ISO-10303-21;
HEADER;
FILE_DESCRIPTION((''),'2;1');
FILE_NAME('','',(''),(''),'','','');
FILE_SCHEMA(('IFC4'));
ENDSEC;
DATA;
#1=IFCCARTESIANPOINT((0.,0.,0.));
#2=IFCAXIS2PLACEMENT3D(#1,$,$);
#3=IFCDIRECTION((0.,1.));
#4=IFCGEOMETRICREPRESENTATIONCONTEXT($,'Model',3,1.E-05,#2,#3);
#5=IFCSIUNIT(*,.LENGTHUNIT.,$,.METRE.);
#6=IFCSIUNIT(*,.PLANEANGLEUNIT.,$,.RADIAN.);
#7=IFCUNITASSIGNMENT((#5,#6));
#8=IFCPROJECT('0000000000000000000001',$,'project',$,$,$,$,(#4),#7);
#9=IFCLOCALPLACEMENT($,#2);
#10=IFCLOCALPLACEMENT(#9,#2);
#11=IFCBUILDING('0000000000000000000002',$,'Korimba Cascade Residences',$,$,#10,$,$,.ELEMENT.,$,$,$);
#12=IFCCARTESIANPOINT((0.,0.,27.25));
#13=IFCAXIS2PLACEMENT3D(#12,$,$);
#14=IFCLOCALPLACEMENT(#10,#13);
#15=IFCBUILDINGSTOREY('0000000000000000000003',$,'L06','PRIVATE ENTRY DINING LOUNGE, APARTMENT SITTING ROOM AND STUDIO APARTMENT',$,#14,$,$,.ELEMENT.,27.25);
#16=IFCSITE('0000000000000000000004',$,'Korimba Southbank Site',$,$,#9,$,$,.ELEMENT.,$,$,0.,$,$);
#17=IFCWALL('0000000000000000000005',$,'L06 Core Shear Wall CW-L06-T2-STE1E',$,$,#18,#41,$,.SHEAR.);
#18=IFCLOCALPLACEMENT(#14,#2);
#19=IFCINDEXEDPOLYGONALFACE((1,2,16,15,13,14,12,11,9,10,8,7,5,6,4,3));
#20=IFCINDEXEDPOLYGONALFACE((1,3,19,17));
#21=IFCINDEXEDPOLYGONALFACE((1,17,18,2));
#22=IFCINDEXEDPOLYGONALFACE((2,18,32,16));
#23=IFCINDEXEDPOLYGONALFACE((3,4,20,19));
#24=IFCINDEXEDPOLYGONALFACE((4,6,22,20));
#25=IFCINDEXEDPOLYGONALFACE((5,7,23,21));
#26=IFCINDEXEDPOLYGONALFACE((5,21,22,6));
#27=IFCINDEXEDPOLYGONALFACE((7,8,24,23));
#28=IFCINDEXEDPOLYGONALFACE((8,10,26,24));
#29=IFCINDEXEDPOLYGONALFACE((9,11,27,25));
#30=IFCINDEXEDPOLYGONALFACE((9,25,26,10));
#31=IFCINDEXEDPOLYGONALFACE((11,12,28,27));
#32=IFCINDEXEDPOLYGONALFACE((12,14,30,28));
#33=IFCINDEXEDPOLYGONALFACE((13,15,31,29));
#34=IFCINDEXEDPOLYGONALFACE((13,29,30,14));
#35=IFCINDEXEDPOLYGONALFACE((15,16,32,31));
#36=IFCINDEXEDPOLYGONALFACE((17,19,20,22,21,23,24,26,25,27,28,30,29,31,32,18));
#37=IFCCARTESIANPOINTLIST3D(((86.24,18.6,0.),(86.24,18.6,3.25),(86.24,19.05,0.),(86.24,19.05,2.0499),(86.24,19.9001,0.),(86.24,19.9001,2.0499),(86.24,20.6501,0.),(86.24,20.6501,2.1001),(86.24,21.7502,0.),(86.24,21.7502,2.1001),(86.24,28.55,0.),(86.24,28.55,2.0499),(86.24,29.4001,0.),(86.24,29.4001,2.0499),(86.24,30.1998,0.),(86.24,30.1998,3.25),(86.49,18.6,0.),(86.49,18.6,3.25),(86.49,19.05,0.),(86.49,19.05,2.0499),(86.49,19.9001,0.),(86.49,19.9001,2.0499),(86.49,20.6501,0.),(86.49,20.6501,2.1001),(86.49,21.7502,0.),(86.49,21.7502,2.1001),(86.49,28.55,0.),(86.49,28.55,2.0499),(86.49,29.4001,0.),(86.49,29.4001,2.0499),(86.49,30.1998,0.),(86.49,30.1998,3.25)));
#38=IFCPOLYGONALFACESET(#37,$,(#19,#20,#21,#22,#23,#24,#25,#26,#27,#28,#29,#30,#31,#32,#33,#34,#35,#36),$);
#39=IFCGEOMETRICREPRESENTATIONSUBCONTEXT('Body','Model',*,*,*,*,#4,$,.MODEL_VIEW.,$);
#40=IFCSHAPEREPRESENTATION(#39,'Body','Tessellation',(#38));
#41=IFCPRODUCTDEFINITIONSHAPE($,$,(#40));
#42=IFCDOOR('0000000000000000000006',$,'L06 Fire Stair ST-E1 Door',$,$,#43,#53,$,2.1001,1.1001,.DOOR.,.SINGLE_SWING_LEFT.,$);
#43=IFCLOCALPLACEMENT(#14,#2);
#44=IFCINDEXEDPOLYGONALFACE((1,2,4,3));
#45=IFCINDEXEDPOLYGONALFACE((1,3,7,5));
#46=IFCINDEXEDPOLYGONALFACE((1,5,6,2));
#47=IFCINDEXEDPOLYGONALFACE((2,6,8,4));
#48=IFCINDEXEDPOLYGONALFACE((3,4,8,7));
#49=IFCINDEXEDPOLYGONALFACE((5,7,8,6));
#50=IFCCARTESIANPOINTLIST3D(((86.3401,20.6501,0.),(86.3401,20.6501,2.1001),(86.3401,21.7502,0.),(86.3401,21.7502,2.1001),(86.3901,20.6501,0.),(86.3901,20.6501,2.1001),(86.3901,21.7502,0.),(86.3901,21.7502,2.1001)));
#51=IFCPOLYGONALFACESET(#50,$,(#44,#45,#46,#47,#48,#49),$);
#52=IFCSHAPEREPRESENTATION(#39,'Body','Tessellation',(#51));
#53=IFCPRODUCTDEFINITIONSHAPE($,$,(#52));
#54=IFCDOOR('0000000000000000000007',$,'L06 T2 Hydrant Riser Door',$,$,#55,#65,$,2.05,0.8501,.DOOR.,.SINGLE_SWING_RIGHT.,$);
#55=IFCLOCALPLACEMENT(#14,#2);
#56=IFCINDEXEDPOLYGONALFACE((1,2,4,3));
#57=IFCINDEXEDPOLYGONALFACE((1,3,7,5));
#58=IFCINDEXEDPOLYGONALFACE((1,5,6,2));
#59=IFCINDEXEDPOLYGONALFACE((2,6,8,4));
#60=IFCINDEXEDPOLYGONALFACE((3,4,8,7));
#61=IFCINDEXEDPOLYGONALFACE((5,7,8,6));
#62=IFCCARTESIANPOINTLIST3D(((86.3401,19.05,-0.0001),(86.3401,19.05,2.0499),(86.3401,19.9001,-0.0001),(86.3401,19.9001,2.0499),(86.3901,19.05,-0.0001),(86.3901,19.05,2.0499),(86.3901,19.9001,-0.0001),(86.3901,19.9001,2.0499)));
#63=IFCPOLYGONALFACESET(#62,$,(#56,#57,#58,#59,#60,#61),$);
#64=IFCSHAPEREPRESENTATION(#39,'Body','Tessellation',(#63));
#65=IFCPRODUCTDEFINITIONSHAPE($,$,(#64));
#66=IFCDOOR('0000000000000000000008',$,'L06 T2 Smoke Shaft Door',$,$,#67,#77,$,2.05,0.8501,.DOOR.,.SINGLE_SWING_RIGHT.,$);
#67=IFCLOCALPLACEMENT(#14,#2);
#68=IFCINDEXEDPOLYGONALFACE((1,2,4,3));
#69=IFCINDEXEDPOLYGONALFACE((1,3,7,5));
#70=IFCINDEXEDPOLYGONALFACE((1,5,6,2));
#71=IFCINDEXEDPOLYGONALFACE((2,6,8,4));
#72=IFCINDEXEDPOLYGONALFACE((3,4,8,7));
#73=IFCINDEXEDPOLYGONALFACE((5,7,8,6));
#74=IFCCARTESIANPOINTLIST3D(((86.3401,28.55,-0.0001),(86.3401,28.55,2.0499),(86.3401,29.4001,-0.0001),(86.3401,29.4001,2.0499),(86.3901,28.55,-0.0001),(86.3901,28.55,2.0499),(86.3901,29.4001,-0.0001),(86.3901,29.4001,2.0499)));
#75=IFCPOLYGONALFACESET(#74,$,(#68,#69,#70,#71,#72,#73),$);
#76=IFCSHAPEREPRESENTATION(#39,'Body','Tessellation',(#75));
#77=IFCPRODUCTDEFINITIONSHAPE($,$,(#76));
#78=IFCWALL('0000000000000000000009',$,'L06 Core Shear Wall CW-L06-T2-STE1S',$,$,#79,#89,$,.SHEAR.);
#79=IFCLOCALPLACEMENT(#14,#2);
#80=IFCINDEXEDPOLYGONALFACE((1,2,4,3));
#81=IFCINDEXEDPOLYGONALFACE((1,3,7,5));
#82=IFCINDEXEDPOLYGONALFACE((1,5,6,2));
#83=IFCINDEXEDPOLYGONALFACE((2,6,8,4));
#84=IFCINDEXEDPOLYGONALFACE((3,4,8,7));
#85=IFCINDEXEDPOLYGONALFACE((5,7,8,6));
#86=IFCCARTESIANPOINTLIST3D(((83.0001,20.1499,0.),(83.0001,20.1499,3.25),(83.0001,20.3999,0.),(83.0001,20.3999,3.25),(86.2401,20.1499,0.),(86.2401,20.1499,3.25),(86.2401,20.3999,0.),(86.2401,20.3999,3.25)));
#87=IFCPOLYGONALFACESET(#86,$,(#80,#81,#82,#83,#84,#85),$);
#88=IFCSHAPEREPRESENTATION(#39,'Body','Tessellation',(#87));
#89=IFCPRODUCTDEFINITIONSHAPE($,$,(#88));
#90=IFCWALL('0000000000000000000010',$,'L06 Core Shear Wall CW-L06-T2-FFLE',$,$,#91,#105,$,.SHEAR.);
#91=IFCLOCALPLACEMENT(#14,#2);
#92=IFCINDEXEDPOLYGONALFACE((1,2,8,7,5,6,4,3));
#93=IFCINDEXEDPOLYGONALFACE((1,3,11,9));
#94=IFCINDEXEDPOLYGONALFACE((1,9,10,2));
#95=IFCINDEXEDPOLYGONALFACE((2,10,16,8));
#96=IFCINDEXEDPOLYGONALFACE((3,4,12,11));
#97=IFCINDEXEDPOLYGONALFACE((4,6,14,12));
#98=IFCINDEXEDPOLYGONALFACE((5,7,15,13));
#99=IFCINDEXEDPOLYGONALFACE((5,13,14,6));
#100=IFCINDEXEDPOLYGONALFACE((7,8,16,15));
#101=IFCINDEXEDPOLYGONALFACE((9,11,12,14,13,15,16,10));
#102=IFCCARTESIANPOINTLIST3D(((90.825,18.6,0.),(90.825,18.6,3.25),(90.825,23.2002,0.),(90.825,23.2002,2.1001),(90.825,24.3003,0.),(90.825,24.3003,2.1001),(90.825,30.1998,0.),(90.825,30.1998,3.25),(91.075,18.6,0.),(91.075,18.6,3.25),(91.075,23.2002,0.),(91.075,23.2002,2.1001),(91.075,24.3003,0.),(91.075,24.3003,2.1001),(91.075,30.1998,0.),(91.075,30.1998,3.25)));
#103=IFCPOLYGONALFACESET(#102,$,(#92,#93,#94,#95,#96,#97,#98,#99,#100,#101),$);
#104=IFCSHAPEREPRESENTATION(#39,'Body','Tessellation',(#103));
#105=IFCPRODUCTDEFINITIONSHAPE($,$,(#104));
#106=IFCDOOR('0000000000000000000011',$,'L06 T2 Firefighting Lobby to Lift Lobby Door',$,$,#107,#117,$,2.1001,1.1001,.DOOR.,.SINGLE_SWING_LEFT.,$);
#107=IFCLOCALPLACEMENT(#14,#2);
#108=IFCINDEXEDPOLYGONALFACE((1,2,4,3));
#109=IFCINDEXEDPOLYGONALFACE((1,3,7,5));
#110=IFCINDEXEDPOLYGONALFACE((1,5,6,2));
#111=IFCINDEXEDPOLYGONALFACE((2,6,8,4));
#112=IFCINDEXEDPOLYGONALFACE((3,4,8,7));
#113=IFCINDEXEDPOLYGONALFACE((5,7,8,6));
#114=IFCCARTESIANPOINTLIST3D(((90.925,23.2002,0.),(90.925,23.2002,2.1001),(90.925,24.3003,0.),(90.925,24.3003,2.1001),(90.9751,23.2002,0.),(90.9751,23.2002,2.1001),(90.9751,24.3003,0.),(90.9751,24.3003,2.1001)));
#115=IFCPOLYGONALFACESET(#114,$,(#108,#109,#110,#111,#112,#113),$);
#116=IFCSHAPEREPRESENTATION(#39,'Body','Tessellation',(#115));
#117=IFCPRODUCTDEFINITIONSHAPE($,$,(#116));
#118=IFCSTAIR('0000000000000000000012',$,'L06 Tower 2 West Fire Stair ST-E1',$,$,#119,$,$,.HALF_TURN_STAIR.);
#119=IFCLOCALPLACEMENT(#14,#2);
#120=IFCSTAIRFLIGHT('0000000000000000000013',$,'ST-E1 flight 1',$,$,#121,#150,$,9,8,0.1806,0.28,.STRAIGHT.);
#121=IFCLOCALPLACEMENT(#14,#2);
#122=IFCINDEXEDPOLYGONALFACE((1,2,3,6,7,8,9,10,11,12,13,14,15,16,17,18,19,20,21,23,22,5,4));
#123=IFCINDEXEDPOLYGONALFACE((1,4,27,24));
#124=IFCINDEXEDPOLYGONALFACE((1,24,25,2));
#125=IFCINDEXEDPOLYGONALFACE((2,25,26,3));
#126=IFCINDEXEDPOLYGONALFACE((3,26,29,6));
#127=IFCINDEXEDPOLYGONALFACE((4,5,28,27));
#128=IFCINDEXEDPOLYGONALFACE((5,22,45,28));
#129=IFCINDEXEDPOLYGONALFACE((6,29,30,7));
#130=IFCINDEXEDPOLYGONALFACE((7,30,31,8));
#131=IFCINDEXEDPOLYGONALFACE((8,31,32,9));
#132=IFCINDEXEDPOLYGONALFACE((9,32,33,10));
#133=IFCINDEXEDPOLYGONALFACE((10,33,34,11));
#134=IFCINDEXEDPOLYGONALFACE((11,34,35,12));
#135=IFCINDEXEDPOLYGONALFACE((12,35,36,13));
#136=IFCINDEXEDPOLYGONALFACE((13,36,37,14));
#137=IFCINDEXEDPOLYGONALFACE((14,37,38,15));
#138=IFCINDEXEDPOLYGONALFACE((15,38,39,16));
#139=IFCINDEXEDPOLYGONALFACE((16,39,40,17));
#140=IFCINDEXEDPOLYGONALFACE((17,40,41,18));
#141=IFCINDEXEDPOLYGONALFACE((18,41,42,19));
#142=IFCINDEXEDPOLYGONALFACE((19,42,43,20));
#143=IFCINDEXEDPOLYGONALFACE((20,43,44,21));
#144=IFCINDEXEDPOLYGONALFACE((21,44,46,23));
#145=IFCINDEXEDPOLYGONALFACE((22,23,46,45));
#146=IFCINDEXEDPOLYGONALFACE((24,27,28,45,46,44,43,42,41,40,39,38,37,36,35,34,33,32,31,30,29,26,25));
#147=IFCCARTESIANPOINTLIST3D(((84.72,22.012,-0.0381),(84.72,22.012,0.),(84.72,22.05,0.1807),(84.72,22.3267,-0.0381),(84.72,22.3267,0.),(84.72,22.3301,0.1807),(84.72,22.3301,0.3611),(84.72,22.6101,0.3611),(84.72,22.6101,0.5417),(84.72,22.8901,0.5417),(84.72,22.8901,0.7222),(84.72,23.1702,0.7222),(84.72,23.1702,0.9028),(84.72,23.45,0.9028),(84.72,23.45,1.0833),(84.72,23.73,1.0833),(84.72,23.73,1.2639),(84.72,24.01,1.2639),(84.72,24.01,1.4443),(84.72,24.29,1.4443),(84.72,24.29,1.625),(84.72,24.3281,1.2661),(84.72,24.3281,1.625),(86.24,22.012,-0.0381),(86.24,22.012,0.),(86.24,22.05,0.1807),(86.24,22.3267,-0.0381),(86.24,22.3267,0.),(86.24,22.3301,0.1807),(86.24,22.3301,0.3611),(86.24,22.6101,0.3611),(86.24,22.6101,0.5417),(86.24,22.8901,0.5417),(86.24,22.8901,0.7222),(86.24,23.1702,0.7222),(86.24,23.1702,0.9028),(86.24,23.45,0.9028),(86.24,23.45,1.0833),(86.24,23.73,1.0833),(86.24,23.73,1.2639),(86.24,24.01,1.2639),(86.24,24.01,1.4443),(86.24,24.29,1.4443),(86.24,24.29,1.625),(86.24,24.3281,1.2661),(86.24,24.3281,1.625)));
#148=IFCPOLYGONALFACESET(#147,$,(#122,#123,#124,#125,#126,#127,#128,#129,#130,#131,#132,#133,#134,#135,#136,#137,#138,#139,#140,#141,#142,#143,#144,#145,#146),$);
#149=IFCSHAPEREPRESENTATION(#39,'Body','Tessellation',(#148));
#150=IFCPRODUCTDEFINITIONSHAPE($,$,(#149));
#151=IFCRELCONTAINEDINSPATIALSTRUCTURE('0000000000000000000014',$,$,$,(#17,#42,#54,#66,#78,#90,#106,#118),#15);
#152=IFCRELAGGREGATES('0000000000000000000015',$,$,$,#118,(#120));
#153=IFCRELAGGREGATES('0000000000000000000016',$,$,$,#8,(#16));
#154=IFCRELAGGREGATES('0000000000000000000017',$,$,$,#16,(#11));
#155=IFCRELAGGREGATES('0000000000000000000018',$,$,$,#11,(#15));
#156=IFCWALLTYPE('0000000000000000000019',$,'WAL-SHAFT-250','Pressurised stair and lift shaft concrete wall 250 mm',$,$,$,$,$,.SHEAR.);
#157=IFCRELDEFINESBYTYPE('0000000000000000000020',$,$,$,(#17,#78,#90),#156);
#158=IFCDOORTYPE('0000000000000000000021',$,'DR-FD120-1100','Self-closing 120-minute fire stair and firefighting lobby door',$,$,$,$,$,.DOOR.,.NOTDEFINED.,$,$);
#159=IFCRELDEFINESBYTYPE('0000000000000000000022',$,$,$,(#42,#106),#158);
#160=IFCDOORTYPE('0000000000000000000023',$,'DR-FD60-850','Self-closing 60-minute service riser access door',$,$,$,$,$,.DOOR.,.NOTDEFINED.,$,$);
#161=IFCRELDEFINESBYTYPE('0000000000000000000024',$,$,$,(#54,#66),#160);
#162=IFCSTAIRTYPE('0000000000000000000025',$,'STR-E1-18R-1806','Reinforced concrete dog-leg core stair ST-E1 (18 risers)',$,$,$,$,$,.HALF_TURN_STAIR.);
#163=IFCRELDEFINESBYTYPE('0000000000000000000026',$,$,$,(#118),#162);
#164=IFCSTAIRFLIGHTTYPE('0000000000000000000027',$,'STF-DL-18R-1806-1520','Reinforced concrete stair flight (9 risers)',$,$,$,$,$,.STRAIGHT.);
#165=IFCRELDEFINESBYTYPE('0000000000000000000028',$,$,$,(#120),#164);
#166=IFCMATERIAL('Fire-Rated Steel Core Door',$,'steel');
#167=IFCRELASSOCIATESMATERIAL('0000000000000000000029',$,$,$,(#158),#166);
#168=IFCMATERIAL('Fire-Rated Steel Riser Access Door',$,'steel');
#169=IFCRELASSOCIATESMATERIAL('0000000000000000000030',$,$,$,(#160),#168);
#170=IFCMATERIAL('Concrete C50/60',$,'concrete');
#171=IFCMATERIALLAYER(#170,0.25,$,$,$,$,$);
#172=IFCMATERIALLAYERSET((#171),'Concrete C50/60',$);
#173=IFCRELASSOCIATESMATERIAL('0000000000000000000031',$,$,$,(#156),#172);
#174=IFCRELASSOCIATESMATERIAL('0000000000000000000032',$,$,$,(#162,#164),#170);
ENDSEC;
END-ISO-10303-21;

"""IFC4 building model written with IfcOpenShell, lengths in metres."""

from ifc_helpers import new_model, si_unit, direction, frame, frame_2d, origin, place, context, subcontext, project, spatial, polyline, rectangle, outline, extrude, material, layer, layer_set, type_object, element, fill, aggregate, save


model = new_model("IFC4")

# Units and contexts
model_context = context("Model", 3, precision=1e-05, world=origin(), true_north=direction((0.0, 1.0)))
body_context = subcontext(model_context, "Body", "Model", "MODEL_VIEW")
ifc_project = project(units=[si_unit("LENGTHUNIT", "METRE"), si_unit("PLANEANGLEUNIT", "RADIAN")], contexts=[model_context])

# Site, building, storey
site_placement = place(None, origin())
site = spatial("IfcSite", under=ifc_project, at=site_placement, Name="Korimba Southbank Site", CompositionType="ELEMENT", RefElevation=0.0)
building_placement = place(site_placement, origin())
building = spatial("IfcBuilding", under=site, at=building_placement, Name="Korimba Cascade Residences", CompositionType="ELEMENT")
storey_placement = place(building_placement, frame((0.0, 0.0, 27.25)))
storey = spatial("IfcBuildingStorey", under=building, at=storey_placement, Name="L06", Description="PRIVATE ENTRY DINING LOUNGE, APARTMENT SITTING ROOM AND STUDIO APARTMENT", CompositionType="ELEMENT", Elevation=27.25)

# Shared definitions
ifc_material_1 = material(Name="Concrete C50/60", Category="concrete")

# Shared definitions
ifc_material_2 = material(Name="Fire-Rated Steel Core Door", Category="steel")
door_type_1 = type_object("IfcDoorType", Name="DR-FD120-1100", Description="Self-closing 120-minute fire stair and firefighting lobby door", OperationType="NOTDEFINED", PredefinedType="DOOR", material=ifc_material_2)

# Shared definitions
ifc_material_3 = material(Name="Fire-Rated Steel Riser Access Door", Category="steel")
door_type_2 = type_object("IfcDoorType", Name="DR-FD60-850", Description="Self-closing 60-minute service riser access door", OperationType="NOTDEFINED", PredefinedType="DOOR", material=ifc_material_3)

# Shared definitions
ifc_layer_1 = layer(ifc_material_1, 0.25)
ifc_layer_set_1 = layer_set([ifc_layer_1], Name="Concrete C50/60")
wall_type_1 = type_object("IfcWallType", Name="WAL-SHAFT-250", Description="Pressurised stair and lift shaft concrete wall 250 mm", PredefinedType="SHEAR", material=ifc_layer_set_1)

# Wall, openings, doors
wall_1_placement = place(storey_placement, frame((86.365, 18.6001, 0.0), z_axis=(0.0, 0.0, 1.0), x_axis=(0.0, 1.0, 0.0)))
wall_1 = element("IfcWall", 1, at=wall_1_placement, inside=storey, type_object=wall_type_1, Name="L06 Core Shear Wall CW-L06-T2-STE1E", PredefinedType="SHEAR", context=body_context, shape_type="SweptSolid", body=[
    extrude(rectangle(XDim=11.5999, YDim=0.25, at=frame_2d((5.7998, 0.0))), origin(), (0.0, 0.0, 1.0), 3.25),
])
opening_1_placement = place(wall_1_placement, frame((0.45, 0.0, 0.0)))
opening_1 = element("IfcOpeningElement", 2, at=opening_1_placement, cuts=wall_1, PredefinedType="OPENING", context=body_context, shape_type="SweptSolid", body=[
    extrude(rectangle(XDim=0.8501, YDim=2.05, at=frame_2d((0.425, 1.0249))), frame((0.0, 0.135, 0.0), z_axis=(0.0, -1.0, 0.0), x_axis=(1.0, 0.0, 0.0)), (0.0, 0.0, 1.0), 0.27),
])
opening_2_placement = place(wall_1_placement, frame((2.05, 0.0, 0.0)))
opening_2 = element("IfcOpeningElement", 3, at=opening_2_placement, cuts=wall_1, PredefinedType="OPENING", context=body_context, shape_type="SweptSolid", body=[
    extrude(rectangle(XDim=1.1001, YDim=2.1001, at=frame_2d((0.55, 1.05))), frame((0.0, 0.135, 0.0), z_axis=(0.0, -1.0, 0.0), x_axis=(1.0, 0.0, 0.0)), (0.0, 0.0, 1.0), 0.27),
])
opening_3_placement = place(wall_1_placement, frame((9.95, 0.0, 0.0)))
opening_3 = element("IfcOpeningElement", 4, at=opening_3_placement, cuts=wall_1, PredefinedType="OPENING", context=body_context, shape_type="SweptSolid", body=[
    extrude(rectangle(XDim=0.8501, YDim=2.05, at=frame_2d((0.425, 1.0249))), frame((0.0, 0.135, 0.0), z_axis=(0.0, -1.0, 0.0), x_axis=(1.0, 0.0, 0.0)), (0.0, 0.0, 1.0), 0.27),
])
door_1_placement = place(opening_2_placement, origin())
door_1 = element("IfcDoor", 5, at=door_1_placement, inside=storey, type_object=door_type_1, Name="L06 Fire Stair ST-E1 Door", OperationType="SINGLE_SWING_LEFT", OverallHeight=2.1001, OverallWidth=1.1001, PredefinedType="DOOR", context=body_context, shape_type="SweptSolid", body=[
    extrude(rectangle(XDim=1.1001, YDim=2.1001, at=frame_2d((0.55, 1.05))), frame((0.0, 0.0249, 0.0), z_axis=(0.0, -1.0, 0.0), x_axis=(1.0, 0.0, 0.0)), (0.0, 0.0, 1.0), 0.05),
])
fill(opening_2, door_1)
door_2_placement = place(opening_1_placement, origin())
door_2 = element("IfcDoor", 6, at=door_2_placement, inside=storey, type_object=door_type_2, Name="L06 T2 Hydrant Riser Door", OperationType="SINGLE_SWING_RIGHT", OverallHeight=2.05, OverallWidth=0.8501, PredefinedType="DOOR", context=body_context, shape_type="SweptSolid", body=[
    extrude(rectangle(XDim=0.8501, YDim=2.05, at=frame_2d((0.425, 1.0249))), frame((0.0, 0.0249, 0.0), z_axis=(0.0, -1.0, 0.0), x_axis=(1.0, 0.0, 0.0)), (0.0, 0.0, 1.0), 0.05),
])
fill(opening_1, door_2)
door_3_placement = place(opening_3_placement, origin())
door_3 = element("IfcDoor", 7, at=door_3_placement, inside=storey, type_object=door_type_2, Name="L06 T2 Smoke Shaft Door", OperationType="SINGLE_SWING_RIGHT", OverallHeight=2.05, OverallWidth=0.8501, PredefinedType="DOOR", context=body_context, shape_type="SweptSolid", body=[
    extrude(rectangle(XDim=0.8501, YDim=2.05, at=frame_2d((0.425, 1.0249))), frame((0.0, 0.0249, 0.0), z_axis=(0.0, -1.0, 0.0), x_axis=(1.0, 0.0, 0.0)), (0.0, 0.0, 1.0), 0.05),
])
fill(opening_3, door_3)

# Wall
wall_2_placement = place(storey_placement, frame((83.0, 20.2749, 0.0), z_axis=(0.0, 0.0, 1.0), x_axis=(1.0, 0.0, 0.0)))
element("IfcWall", 8, at=wall_2_placement, inside=storey, type_object=wall_type_1, Name="L06 Core Shear Wall CW-L06-T2-STE1S", PredefinedType="SHEAR", context=body_context, shape_type="SweptSolid", body=[
    extrude(rectangle(XDim=3.24, YDim=0.25, at=frame_2d((1.6201, 0.0))), origin(), (0.0, 0.0, 1.0), 3.25),
])

# Wall, opening, door
wall_3_placement = place(storey_placement, frame((90.95, 18.6001, 0.0), z_axis=(0.0, 0.0, 1.0), x_axis=(0.0, 1.0, 0.0)))
wall_3 = element("IfcWall", 9, at=wall_3_placement, inside=storey, type_object=wall_type_1, Name="L06 Core Shear Wall CW-L06-T2-FFLE", PredefinedType="SHEAR", context=body_context, shape_type="SweptSolid", body=[
    extrude(rectangle(XDim=11.5999, YDim=0.25, at=frame_2d((5.7998, 0.0))), origin(), (0.0, 0.0, 1.0), 3.25),
])
opening_4_placement = place(wall_3_placement, frame((4.6001, 0.0, 0.0)))
opening_4 = element("IfcOpeningElement", 10, at=opening_4_placement, cuts=wall_3, PredefinedType="OPENING", context=body_context, shape_type="SweptSolid", body=[
    extrude(rectangle(XDim=1.1001, YDim=2.1001, at=frame_2d((0.55, 1.05))), frame((0.0, 0.135, 0.0), z_axis=(0.0, -1.0, 0.0), x_axis=(1.0, 0.0, 0.0)), (0.0, 0.0, 1.0), 0.27),
])
door_4_placement = place(opening_4_placement, origin())
door_4 = element("IfcDoor", 11, at=door_4_placement, inside=storey, type_object=door_type_1, Name="L06 T2 Firefighting Lobby to Lift Lobby Door", OperationType="SINGLE_SWING_LEFT", OverallHeight=2.1001, OverallWidth=1.1001, PredefinedType="DOOR", context=body_context, shape_type="SweptSolid", body=[
    extrude(rectangle(XDim=1.1001, YDim=2.1001, at=frame_2d((0.55, 1.05))), frame((0.0, 0.0249, 0.0), z_axis=(0.0, -1.0, 0.0), x_axis=(1.0, 0.0, 0.0)), (0.0, 0.0, 1.0), 0.05),
])
fill(opening_4, door_4)

# Stair, stair flight
stair_type = type_object("IfcStairType", Name="STR-E1-18R-1806", Description="Reinforced concrete dog-leg core stair ST-E1 (18 risers)", PredefinedType="HALF_TURN_STAIR", material=ifc_material_1)
stair_placement = place(storey_placement, origin())
stair = element("IfcStair", 12, at=stair_placement, inside=storey, type_object=stair_type, Name="L06 Tower 2 West Fire Stair ST-E1", PredefinedType="HALF_TURN_STAIR")
stair_flight_type = type_object("IfcStairFlightType", Name="STF-DL-18R-1806-1520", Description="Reinforced concrete stair flight (9 risers)", PredefinedType="STRAIGHT", material=ifc_material_1)
stair_flight_placement = place(storey_placement, frame((85.48, 22.05, 0.0), z_axis=(0.0, 0.0, 1.0), x_axis=(0.0, 1.0, 0.0)))
stair_flight = element("IfcStairFlight", 13, at=stair_flight_placement, type_object=stair_flight_type, Name="ST-E1 flight 1", NumberOfRisers=9, NumberOfTreads=8, PredefinedType="STRAIGHT", RiserHeight=0.1806, TreadLength=0.28, context=body_context, shape_type="SweptSolid", body=[
    extrude(outline(polyline([(-0.0381, 0.0), (0.0, 0.1807), (0.28, 0.1807), (0.28, 0.3611), (0.5601, 0.3611), (0.5601, 0.5417), (0.8401, 0.5417), (0.8401, 0.7222), (1.1201, 0.7222), (1.1201, 0.9028), (1.3999, 0.9028), (1.3999, 1.0833), (1.6799, 1.0833), (1.6799, 1.2639), (1.96, 1.2639), (1.96, 1.4443), (2.24, 1.4443), (2.24, 1.625), (2.2781, 1.625), (2.2781, 1.2661), (0.2766, 0.0), (0.2766, -0.0381), (-0.0381, -0.0381), (-0.0381, 0.0)])), frame((0.0, 0.76, 0.0), z_axis=(0.0, -1.0, 0.0), x_axis=(1.0, 0.0, 0.0)), (0.0, 0.0, 1.0), 1.52),
])
aggregate(stair, [stair_flight])

save(model, "model.ifc")
